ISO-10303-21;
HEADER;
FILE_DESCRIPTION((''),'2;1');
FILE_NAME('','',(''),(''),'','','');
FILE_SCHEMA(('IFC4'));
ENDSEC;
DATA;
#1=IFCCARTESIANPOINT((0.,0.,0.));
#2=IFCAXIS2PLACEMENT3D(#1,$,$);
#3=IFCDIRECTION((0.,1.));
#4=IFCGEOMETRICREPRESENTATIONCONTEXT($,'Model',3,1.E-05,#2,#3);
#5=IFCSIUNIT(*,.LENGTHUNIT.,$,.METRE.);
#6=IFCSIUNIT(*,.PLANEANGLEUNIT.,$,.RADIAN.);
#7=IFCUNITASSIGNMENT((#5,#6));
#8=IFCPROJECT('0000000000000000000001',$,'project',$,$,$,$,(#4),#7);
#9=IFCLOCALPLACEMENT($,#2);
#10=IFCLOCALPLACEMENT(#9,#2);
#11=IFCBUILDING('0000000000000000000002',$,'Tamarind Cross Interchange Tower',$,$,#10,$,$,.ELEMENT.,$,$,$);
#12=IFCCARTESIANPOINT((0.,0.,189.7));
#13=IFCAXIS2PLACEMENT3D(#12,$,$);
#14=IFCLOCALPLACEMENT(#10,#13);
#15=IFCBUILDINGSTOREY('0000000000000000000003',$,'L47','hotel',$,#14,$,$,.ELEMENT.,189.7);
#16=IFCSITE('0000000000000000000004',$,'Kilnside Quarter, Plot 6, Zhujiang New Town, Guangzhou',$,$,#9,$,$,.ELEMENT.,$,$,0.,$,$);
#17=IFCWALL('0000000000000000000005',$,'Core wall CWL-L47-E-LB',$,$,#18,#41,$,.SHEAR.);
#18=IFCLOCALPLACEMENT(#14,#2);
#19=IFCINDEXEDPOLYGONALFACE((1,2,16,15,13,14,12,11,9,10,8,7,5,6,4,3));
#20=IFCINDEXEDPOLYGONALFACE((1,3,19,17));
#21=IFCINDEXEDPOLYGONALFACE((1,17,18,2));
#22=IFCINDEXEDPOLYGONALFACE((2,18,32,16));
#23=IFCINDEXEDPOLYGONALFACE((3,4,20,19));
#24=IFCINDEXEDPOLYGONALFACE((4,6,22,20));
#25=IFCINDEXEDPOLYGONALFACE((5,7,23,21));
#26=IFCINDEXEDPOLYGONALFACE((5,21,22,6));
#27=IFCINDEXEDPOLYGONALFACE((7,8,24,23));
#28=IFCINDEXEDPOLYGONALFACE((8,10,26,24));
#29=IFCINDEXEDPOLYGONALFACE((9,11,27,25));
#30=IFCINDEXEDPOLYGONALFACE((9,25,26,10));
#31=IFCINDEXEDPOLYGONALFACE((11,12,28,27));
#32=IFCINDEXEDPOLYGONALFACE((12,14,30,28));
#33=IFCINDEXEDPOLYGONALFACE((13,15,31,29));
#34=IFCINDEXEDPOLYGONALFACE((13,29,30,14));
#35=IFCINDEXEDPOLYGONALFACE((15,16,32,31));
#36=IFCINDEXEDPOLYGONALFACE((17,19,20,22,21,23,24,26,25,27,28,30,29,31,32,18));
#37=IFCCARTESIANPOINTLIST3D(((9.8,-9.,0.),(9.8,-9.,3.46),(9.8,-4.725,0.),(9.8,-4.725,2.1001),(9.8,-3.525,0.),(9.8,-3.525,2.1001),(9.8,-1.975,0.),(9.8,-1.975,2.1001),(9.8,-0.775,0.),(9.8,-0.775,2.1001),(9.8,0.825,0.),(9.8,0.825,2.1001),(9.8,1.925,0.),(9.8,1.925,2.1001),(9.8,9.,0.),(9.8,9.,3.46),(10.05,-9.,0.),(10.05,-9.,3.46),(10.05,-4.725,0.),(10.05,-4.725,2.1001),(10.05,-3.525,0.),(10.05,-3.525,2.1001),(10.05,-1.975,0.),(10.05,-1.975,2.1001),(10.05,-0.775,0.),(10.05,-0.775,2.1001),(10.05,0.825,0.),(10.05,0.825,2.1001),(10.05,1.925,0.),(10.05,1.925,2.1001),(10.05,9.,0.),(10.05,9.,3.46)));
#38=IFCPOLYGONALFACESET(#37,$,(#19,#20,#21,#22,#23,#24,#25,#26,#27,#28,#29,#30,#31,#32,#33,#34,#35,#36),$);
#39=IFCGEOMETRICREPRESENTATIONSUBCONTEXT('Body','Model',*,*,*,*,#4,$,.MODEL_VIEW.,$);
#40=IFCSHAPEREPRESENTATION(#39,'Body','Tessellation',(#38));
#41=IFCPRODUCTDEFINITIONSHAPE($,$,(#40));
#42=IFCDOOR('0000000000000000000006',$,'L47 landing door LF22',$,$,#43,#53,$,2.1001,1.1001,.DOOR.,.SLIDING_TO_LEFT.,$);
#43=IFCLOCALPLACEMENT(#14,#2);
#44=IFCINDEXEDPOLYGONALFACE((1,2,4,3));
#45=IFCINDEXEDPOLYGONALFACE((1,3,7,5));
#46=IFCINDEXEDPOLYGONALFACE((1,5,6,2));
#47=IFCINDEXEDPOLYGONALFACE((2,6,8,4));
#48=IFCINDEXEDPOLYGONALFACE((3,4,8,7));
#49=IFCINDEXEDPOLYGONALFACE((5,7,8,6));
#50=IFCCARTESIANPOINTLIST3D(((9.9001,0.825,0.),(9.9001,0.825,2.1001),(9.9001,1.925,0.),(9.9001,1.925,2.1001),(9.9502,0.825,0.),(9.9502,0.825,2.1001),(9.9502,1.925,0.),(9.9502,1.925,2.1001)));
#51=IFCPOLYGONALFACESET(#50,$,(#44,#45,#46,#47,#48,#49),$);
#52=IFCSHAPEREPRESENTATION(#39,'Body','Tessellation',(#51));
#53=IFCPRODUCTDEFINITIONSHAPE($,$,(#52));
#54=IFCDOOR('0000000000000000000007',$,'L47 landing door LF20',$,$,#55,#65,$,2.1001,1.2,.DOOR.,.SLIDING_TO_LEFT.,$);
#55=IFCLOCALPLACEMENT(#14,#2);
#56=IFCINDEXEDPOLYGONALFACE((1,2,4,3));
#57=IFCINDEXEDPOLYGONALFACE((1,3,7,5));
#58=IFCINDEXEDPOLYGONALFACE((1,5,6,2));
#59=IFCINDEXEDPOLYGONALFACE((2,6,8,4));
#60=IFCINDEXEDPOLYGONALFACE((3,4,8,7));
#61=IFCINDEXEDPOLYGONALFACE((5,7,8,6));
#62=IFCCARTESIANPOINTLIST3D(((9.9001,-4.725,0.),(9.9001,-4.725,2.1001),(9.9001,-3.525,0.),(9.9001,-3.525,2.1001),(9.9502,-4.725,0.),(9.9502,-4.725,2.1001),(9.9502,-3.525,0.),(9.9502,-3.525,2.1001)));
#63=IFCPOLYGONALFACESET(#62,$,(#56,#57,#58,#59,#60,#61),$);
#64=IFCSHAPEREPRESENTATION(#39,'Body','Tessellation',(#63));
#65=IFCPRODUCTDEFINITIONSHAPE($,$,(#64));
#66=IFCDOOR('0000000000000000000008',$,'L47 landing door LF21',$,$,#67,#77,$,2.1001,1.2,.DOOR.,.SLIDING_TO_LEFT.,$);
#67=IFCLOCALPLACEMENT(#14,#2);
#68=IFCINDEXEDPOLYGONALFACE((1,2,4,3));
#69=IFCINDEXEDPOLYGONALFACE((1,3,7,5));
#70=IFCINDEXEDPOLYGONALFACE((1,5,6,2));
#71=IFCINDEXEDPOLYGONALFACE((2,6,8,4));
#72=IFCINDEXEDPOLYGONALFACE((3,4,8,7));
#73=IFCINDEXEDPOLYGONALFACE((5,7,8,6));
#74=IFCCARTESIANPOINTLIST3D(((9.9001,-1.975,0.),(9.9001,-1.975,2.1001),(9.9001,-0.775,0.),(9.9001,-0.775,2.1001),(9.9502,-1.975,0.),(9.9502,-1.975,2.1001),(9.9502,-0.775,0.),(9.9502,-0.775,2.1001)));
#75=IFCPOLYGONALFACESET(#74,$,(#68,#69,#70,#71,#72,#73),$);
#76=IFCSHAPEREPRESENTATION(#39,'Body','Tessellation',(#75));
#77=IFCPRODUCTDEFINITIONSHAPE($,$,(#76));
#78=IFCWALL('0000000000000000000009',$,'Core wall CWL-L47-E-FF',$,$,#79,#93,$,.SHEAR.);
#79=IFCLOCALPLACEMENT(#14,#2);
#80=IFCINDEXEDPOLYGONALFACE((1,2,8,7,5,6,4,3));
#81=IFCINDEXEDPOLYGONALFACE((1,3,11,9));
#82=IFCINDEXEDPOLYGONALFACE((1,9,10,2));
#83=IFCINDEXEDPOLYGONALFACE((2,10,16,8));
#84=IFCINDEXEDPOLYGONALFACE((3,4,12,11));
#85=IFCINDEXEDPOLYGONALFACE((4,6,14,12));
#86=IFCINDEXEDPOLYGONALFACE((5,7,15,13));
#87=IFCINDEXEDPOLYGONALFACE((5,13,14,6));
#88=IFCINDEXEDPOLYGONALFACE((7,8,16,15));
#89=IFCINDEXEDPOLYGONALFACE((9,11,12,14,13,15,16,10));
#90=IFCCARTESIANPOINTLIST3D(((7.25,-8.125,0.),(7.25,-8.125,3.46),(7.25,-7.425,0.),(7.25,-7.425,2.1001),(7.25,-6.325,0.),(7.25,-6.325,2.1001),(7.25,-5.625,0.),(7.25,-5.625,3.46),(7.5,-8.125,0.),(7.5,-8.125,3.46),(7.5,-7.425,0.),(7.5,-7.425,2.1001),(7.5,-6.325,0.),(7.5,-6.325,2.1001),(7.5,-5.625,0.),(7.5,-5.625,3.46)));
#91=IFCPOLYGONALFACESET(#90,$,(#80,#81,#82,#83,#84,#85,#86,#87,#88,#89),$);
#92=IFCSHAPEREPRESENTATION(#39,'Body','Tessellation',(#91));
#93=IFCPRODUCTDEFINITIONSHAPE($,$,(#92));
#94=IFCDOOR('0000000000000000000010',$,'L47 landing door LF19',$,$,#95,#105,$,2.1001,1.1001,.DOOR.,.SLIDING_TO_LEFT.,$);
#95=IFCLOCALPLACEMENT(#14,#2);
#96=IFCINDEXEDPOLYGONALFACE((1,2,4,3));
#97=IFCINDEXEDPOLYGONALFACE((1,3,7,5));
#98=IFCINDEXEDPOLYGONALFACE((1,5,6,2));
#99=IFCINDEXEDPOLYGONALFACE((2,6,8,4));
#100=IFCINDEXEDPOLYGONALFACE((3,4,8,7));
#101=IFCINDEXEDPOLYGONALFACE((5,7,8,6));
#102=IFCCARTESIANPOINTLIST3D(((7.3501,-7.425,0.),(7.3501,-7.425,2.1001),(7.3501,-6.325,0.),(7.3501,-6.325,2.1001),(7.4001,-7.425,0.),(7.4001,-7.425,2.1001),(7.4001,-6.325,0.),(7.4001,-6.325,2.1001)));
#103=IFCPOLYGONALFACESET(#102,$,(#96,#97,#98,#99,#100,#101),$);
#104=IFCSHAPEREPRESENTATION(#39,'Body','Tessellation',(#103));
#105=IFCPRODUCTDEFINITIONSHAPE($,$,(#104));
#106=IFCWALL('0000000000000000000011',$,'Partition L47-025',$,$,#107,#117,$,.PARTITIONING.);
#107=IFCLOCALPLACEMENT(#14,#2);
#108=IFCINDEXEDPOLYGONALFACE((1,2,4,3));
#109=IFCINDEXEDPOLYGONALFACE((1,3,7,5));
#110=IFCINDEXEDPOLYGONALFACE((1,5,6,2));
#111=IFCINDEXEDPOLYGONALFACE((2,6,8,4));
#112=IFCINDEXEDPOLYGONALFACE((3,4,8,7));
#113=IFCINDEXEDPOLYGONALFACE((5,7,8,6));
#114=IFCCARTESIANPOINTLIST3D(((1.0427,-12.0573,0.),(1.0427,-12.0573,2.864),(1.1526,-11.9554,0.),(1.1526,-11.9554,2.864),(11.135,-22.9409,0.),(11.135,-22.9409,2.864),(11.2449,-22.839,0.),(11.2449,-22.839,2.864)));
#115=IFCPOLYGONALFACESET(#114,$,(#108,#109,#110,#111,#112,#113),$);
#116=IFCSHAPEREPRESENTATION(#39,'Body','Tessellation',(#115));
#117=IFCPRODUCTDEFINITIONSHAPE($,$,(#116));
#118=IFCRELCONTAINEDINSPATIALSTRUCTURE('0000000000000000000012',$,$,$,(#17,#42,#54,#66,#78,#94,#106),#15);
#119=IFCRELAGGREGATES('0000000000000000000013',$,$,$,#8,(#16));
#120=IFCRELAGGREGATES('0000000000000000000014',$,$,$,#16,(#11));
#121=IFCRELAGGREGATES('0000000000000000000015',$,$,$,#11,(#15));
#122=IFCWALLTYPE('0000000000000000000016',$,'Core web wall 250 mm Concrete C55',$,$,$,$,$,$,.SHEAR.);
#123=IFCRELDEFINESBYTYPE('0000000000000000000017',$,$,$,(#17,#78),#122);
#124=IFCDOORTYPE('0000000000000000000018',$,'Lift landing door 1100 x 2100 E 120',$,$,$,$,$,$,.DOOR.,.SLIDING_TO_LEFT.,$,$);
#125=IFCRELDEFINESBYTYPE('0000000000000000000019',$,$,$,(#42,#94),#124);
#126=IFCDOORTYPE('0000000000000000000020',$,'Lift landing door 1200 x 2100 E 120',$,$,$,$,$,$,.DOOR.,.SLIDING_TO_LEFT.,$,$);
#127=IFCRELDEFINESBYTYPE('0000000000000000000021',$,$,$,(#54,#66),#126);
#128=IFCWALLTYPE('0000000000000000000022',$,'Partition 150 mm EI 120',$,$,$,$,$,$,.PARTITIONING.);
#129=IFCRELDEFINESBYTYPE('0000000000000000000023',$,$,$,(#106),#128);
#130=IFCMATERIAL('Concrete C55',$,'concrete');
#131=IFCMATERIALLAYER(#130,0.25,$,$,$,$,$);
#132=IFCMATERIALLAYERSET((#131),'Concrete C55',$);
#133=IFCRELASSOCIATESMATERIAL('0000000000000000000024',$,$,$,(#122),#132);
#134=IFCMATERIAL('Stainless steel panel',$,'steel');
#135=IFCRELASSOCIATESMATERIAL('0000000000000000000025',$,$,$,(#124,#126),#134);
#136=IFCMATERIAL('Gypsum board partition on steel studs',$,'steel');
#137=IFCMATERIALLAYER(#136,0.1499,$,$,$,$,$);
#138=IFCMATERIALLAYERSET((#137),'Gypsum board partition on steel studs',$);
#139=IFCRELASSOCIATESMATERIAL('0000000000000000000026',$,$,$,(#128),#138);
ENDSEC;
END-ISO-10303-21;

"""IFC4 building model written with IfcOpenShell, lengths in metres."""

from ifc_helpers import new_model, si_unit, direction, frame, frame_2d, origin, place, context, subcontext, project, spatial, rectangle, extrude, material, layer, layer_set, type_object, element, fill, save


model = new_model("IFC4")

# Units and contexts
model_context = context("Model", 3, precision=1e-05, world=origin(), true_north=direction((0.0, 1.0)))
body_context = subcontext(model_context, "Body", "Model", "MODEL_VIEW")
ifc_project = project(units=[si_unit("LENGTHUNIT", "METRE"), si_unit("PLANEANGLEUNIT", "RADIAN")], contexts=[model_context])

# Site, building, storey
site_placement = place(None, origin())
site = spatial("IfcSite", under=ifc_project, at=site_placement, Name="Kilnside Quarter, Plot 6, Zhujiang New Town, Guangzhou", CompositionType="ELEMENT", RefElevation=0.0)
building_placement = place(site_placement, origin())
building = spatial("IfcBuilding", under=site, at=building_placement, Name="Tamarind Cross Interchange Tower", CompositionType="ELEMENT")
storey_placement = place(building_placement, frame((0.0, 0.0, 189.7)))
storey = spatial("IfcBuildingStorey", under=building, at=storey_placement, Name="L47", Description="hotel", CompositionType="ELEMENT", Elevation=189.7)

# Shared definitions
ifc_material_1 = material(Name="Concrete C55", Category="concrete")

# Shared definitions
ifc_layer_1 = layer(ifc_material_1, 0.25)
ifc_layer_set_1 = layer_set([ifc_layer_1], Name="Concrete C55")
wall_type_1 = type_object("IfcWallType", Name="Core web wall 250 mm Concrete C55", PredefinedType="SHEAR", material=ifc_layer_set_1)

# Wall, openings, doors
wall_1_placement = place(storey_placement, frame((9.925, -9.0, 0.0), z_axis=(0.0, 0.0, 1.0), x_axis=(0.0, 1.0, 0.0)))
wall_1 = element("IfcWall", 1, at=wall_1_placement, inside=storey, type_object=wall_type_1, Name="Core wall CWL-L47-E-LB", PredefinedType="SHEAR", context=body_context, shape_type="SweptSolid", body=[
    extrude(rectangle(XDim=18.0, YDim=0.25, at=frame_2d((9.0, 0.0))), origin(), (0.0, 0.0, 1.0), 3.46),
])
opening_1_placement = place(wall_1_placement, frame((4.2749, 0.0, 0.0)))
opening_1 = element("IfcOpeningElement", 2, at=opening_1_placement, cuts=wall_1, PredefinedType="OPENING", context=body_context, shape_type="SweptSolid", body=[
    extrude(rectangle(XDim=1.2, YDim=2.1001, at=frame_2d((0.6001, 1.05))), frame((0.0, 0.135, 0.0), z_axis=(0.0, -1.0, 0.0), x_axis=(1.0, 0.0, 0.0)), (0.0, 0.0, 1.0), 0.27),
])
opening_2_placement = place(wall_1_placement, frame((7.0249, 0.0, 0.0)))
opening_2 = element("IfcOpeningElement", 3, at=opening_2_placement, cuts=wall_1, PredefinedType="OPENING", context=body_context, shape_type="SweptSolid", body=[
    extrude(rectangle(XDim=1.2, YDim=2.1001, at=frame_2d((0.6001, 1.05))), frame((0.0, 0.135, 0.0), z_axis=(0.0, -1.0, 0.0), x_axis=(1.0, 0.0, 0.0)), (0.0, 0.0, 1.0), 0.27),
])
opening_3_placement = place(wall_1_placement, frame((9.825, 0.0, 0.0)))
opening_3 = element("IfcOpeningElement", 4, at=opening_3_placement, cuts=wall_1, PredefinedType="OPENING", context=body_context, shape_type="SweptSolid", body=[
    extrude(rectangle(XDim=1.1001, YDim=2.1001, at=frame_2d((0.55, 1.05))), frame((0.0, 0.135, 0.0), z_axis=(0.0, -1.0, 0.0), x_axis=(1.0, 0.0, 0.0)), (0.0, 0.0, 1.0), 0.27),
])
ifc_material_2 = material(Name="Stainless steel panel", Category="steel")
door_type_1 = type_object("IfcDoorType", Name="Lift landing door 1100 x 2100 E 120", OperationType="SLIDING_TO_LEFT", PredefinedType="DOOR", material=ifc_material_2)
door_1_placement = place(opening_3_placement, origin())
door_1 = element("IfcDoor", 5, at=door_1_placement, inside=storey, type_object=door_type_1, Name="L47 landing door LF22", OperationType="SLIDING_TO_LEFT", OverallHeight=2.1001, OverallWidth=1.1001, PredefinedType="DOOR", context=body_context, shape_type="SweptSolid", body=[
    extrude(rectangle(XDim=1.1001, YDim=2.1001, at=frame_2d((0.55, 1.05))), frame((0.0, 0.0249, 0.0), z_axis=(0.0, -1.0, 0.0), x_axis=(1.0, 0.0, 0.0)), (0.0, 0.0, 1.0), 0.05),
])
fill(opening_3, door_1)
door_type_2 = type_object("IfcDoorType", Name="Lift landing door 1200 x 2100 E 120", OperationType="SLIDING_TO_LEFT", PredefinedType="DOOR", material=ifc_material_2)
door_2_placement = place(opening_1_placement, origin())
door_2 = element("IfcDoor", 6, at=door_2_placement, inside=storey, type_object=door_type_2, Name="L47 landing door LF20", OperationType="SLIDING_TO_LEFT", OverallHeight=2.1001, OverallWidth=1.2, PredefinedType="DOOR", context=body_context, shape_type="SweptSolid", body=[
    extrude(rectangle(XDim=1.2, YDim=2.1001, at=frame_2d((0.6001, 1.05))), frame((0.0, 0.0249, 0.0), z_axis=(0.0, -1.0, 0.0), x_axis=(1.0, 0.0, 0.0)), (0.0, 0.0, 1.0), 0.05),
])
fill(opening_1, door_2)
door_3_placement = place(opening_2_placement, origin())
door_3 = element("IfcDoor", 7, at=door_3_placement, inside=storey, type_object=door_type_2, Name="L47 landing door LF21", OperationType="SLIDING_TO_LEFT", OverallHeight=2.1001, OverallWidth=1.2, PredefinedType="DOOR", context=body_context, shape_type="SweptSolid", body=[
    extrude(rectangle(XDim=1.2, YDim=2.1001, at=frame_2d((0.6001, 1.05))), frame((0.0, 0.0249, 0.0), z_axis=(0.0, -1.0, 0.0), x_axis=(1.0, 0.0, 0.0)), (0.0, 0.0, 1.0), 0.05),
])
fill(opening_2, door_3)

# Wall, opening, door
wall_2_placement = place(storey_placement, frame((7.375, -8.125, 0.0), z_axis=(0.0, 0.0, 1.0), x_axis=(0.0, 1.0, 0.0)))
wall_2 = element("IfcWall", 8, at=wall_2_placement, inside=storey, type_object=wall_type_1, Name="Core wall CWL-L47-E-FF", PredefinedType="SHEAR", context=body_context, shape_type="SweptSolid", body=[
    extrude(rectangle(XDim=2.5, YDim=0.25, at=frame_2d((1.25, 0.0))), origin(), (0.0, 0.0, 1.0), 3.46),
])
opening_4_placement = place(wall_2_placement, frame((0.7, 0.0, 0.0)))
opening_4 = element("IfcOpeningElement", 9, at=opening_4_placement, cuts=wall_2, PredefinedType="OPENING", context=body_context, shape_type="SweptSolid", body=[
    extrude(rectangle(XDim=1.1001, YDim=2.1001, at=frame_2d((0.55, 1.05))), frame((0.0, 0.135, 0.0), z_axis=(0.0, -1.0, 0.0), x_axis=(1.0, 0.0, 0.0)), (0.0, 0.0, 1.0), 0.27),
])
door_4_placement = place(opening_4_placement, origin())
door_4 = element("IfcDoor", 10, at=door_4_placement, inside=storey, type_object=door_type_1, Name="L47 landing door LF19", OperationType="SLIDING_TO_LEFT", OverallHeight=2.1001, OverallWidth=1.1001, PredefinedType="DOOR", context=body_context, shape_type="SweptSolid", body=[
    extrude(rectangle(XDim=1.1001, YDim=2.1001, at=frame_2d((0.55, 1.05))), frame((0.0, 0.0249, 0.0), z_axis=(0.0, -1.0, 0.0), x_axis=(1.0, 0.0, 0.0)), (0.0, 0.0, 1.0), 0.05),
])
fill(opening_4, door_4)

# Wall
ifc_material_3 = material(Name="Gypsum board partition on steel studs", Category="steel")
ifc_layer_2 = layer(ifc_material_3, 0.1499)
ifc_layer_set_2 = layer_set([ifc_layer_2], Name="Gypsum board partition on steel studs")
wall_type_2 = type_object("IfcWallType", Name="Partition 150 mm EI 120", PredefinedType="PARTITIONING", material=ifc_layer_set_2)
wall_3_placement = place(storey_placement, frame((1.0977, -12.0063, 0.0), z_axis=(0.0, 0.0, 1.0), x_axis=(0.679949, -0.733259, 0.0)))
element("IfcWall", 11, at=wall_3_placement, inside=storey, type_object=wall_type_2, Name="Partition L47-025", PredefinedType="PARTITIONING", context=body_context, shape_type="SweptSolid", body=[
    extrude(rectangle(XDim=14.8428, YDim=0.1499, at=frame_2d((7.4214, 0.0))), origin(), (0.0, 0.0, 1.0), 2.864),
])

save(model, "model.ifc")
